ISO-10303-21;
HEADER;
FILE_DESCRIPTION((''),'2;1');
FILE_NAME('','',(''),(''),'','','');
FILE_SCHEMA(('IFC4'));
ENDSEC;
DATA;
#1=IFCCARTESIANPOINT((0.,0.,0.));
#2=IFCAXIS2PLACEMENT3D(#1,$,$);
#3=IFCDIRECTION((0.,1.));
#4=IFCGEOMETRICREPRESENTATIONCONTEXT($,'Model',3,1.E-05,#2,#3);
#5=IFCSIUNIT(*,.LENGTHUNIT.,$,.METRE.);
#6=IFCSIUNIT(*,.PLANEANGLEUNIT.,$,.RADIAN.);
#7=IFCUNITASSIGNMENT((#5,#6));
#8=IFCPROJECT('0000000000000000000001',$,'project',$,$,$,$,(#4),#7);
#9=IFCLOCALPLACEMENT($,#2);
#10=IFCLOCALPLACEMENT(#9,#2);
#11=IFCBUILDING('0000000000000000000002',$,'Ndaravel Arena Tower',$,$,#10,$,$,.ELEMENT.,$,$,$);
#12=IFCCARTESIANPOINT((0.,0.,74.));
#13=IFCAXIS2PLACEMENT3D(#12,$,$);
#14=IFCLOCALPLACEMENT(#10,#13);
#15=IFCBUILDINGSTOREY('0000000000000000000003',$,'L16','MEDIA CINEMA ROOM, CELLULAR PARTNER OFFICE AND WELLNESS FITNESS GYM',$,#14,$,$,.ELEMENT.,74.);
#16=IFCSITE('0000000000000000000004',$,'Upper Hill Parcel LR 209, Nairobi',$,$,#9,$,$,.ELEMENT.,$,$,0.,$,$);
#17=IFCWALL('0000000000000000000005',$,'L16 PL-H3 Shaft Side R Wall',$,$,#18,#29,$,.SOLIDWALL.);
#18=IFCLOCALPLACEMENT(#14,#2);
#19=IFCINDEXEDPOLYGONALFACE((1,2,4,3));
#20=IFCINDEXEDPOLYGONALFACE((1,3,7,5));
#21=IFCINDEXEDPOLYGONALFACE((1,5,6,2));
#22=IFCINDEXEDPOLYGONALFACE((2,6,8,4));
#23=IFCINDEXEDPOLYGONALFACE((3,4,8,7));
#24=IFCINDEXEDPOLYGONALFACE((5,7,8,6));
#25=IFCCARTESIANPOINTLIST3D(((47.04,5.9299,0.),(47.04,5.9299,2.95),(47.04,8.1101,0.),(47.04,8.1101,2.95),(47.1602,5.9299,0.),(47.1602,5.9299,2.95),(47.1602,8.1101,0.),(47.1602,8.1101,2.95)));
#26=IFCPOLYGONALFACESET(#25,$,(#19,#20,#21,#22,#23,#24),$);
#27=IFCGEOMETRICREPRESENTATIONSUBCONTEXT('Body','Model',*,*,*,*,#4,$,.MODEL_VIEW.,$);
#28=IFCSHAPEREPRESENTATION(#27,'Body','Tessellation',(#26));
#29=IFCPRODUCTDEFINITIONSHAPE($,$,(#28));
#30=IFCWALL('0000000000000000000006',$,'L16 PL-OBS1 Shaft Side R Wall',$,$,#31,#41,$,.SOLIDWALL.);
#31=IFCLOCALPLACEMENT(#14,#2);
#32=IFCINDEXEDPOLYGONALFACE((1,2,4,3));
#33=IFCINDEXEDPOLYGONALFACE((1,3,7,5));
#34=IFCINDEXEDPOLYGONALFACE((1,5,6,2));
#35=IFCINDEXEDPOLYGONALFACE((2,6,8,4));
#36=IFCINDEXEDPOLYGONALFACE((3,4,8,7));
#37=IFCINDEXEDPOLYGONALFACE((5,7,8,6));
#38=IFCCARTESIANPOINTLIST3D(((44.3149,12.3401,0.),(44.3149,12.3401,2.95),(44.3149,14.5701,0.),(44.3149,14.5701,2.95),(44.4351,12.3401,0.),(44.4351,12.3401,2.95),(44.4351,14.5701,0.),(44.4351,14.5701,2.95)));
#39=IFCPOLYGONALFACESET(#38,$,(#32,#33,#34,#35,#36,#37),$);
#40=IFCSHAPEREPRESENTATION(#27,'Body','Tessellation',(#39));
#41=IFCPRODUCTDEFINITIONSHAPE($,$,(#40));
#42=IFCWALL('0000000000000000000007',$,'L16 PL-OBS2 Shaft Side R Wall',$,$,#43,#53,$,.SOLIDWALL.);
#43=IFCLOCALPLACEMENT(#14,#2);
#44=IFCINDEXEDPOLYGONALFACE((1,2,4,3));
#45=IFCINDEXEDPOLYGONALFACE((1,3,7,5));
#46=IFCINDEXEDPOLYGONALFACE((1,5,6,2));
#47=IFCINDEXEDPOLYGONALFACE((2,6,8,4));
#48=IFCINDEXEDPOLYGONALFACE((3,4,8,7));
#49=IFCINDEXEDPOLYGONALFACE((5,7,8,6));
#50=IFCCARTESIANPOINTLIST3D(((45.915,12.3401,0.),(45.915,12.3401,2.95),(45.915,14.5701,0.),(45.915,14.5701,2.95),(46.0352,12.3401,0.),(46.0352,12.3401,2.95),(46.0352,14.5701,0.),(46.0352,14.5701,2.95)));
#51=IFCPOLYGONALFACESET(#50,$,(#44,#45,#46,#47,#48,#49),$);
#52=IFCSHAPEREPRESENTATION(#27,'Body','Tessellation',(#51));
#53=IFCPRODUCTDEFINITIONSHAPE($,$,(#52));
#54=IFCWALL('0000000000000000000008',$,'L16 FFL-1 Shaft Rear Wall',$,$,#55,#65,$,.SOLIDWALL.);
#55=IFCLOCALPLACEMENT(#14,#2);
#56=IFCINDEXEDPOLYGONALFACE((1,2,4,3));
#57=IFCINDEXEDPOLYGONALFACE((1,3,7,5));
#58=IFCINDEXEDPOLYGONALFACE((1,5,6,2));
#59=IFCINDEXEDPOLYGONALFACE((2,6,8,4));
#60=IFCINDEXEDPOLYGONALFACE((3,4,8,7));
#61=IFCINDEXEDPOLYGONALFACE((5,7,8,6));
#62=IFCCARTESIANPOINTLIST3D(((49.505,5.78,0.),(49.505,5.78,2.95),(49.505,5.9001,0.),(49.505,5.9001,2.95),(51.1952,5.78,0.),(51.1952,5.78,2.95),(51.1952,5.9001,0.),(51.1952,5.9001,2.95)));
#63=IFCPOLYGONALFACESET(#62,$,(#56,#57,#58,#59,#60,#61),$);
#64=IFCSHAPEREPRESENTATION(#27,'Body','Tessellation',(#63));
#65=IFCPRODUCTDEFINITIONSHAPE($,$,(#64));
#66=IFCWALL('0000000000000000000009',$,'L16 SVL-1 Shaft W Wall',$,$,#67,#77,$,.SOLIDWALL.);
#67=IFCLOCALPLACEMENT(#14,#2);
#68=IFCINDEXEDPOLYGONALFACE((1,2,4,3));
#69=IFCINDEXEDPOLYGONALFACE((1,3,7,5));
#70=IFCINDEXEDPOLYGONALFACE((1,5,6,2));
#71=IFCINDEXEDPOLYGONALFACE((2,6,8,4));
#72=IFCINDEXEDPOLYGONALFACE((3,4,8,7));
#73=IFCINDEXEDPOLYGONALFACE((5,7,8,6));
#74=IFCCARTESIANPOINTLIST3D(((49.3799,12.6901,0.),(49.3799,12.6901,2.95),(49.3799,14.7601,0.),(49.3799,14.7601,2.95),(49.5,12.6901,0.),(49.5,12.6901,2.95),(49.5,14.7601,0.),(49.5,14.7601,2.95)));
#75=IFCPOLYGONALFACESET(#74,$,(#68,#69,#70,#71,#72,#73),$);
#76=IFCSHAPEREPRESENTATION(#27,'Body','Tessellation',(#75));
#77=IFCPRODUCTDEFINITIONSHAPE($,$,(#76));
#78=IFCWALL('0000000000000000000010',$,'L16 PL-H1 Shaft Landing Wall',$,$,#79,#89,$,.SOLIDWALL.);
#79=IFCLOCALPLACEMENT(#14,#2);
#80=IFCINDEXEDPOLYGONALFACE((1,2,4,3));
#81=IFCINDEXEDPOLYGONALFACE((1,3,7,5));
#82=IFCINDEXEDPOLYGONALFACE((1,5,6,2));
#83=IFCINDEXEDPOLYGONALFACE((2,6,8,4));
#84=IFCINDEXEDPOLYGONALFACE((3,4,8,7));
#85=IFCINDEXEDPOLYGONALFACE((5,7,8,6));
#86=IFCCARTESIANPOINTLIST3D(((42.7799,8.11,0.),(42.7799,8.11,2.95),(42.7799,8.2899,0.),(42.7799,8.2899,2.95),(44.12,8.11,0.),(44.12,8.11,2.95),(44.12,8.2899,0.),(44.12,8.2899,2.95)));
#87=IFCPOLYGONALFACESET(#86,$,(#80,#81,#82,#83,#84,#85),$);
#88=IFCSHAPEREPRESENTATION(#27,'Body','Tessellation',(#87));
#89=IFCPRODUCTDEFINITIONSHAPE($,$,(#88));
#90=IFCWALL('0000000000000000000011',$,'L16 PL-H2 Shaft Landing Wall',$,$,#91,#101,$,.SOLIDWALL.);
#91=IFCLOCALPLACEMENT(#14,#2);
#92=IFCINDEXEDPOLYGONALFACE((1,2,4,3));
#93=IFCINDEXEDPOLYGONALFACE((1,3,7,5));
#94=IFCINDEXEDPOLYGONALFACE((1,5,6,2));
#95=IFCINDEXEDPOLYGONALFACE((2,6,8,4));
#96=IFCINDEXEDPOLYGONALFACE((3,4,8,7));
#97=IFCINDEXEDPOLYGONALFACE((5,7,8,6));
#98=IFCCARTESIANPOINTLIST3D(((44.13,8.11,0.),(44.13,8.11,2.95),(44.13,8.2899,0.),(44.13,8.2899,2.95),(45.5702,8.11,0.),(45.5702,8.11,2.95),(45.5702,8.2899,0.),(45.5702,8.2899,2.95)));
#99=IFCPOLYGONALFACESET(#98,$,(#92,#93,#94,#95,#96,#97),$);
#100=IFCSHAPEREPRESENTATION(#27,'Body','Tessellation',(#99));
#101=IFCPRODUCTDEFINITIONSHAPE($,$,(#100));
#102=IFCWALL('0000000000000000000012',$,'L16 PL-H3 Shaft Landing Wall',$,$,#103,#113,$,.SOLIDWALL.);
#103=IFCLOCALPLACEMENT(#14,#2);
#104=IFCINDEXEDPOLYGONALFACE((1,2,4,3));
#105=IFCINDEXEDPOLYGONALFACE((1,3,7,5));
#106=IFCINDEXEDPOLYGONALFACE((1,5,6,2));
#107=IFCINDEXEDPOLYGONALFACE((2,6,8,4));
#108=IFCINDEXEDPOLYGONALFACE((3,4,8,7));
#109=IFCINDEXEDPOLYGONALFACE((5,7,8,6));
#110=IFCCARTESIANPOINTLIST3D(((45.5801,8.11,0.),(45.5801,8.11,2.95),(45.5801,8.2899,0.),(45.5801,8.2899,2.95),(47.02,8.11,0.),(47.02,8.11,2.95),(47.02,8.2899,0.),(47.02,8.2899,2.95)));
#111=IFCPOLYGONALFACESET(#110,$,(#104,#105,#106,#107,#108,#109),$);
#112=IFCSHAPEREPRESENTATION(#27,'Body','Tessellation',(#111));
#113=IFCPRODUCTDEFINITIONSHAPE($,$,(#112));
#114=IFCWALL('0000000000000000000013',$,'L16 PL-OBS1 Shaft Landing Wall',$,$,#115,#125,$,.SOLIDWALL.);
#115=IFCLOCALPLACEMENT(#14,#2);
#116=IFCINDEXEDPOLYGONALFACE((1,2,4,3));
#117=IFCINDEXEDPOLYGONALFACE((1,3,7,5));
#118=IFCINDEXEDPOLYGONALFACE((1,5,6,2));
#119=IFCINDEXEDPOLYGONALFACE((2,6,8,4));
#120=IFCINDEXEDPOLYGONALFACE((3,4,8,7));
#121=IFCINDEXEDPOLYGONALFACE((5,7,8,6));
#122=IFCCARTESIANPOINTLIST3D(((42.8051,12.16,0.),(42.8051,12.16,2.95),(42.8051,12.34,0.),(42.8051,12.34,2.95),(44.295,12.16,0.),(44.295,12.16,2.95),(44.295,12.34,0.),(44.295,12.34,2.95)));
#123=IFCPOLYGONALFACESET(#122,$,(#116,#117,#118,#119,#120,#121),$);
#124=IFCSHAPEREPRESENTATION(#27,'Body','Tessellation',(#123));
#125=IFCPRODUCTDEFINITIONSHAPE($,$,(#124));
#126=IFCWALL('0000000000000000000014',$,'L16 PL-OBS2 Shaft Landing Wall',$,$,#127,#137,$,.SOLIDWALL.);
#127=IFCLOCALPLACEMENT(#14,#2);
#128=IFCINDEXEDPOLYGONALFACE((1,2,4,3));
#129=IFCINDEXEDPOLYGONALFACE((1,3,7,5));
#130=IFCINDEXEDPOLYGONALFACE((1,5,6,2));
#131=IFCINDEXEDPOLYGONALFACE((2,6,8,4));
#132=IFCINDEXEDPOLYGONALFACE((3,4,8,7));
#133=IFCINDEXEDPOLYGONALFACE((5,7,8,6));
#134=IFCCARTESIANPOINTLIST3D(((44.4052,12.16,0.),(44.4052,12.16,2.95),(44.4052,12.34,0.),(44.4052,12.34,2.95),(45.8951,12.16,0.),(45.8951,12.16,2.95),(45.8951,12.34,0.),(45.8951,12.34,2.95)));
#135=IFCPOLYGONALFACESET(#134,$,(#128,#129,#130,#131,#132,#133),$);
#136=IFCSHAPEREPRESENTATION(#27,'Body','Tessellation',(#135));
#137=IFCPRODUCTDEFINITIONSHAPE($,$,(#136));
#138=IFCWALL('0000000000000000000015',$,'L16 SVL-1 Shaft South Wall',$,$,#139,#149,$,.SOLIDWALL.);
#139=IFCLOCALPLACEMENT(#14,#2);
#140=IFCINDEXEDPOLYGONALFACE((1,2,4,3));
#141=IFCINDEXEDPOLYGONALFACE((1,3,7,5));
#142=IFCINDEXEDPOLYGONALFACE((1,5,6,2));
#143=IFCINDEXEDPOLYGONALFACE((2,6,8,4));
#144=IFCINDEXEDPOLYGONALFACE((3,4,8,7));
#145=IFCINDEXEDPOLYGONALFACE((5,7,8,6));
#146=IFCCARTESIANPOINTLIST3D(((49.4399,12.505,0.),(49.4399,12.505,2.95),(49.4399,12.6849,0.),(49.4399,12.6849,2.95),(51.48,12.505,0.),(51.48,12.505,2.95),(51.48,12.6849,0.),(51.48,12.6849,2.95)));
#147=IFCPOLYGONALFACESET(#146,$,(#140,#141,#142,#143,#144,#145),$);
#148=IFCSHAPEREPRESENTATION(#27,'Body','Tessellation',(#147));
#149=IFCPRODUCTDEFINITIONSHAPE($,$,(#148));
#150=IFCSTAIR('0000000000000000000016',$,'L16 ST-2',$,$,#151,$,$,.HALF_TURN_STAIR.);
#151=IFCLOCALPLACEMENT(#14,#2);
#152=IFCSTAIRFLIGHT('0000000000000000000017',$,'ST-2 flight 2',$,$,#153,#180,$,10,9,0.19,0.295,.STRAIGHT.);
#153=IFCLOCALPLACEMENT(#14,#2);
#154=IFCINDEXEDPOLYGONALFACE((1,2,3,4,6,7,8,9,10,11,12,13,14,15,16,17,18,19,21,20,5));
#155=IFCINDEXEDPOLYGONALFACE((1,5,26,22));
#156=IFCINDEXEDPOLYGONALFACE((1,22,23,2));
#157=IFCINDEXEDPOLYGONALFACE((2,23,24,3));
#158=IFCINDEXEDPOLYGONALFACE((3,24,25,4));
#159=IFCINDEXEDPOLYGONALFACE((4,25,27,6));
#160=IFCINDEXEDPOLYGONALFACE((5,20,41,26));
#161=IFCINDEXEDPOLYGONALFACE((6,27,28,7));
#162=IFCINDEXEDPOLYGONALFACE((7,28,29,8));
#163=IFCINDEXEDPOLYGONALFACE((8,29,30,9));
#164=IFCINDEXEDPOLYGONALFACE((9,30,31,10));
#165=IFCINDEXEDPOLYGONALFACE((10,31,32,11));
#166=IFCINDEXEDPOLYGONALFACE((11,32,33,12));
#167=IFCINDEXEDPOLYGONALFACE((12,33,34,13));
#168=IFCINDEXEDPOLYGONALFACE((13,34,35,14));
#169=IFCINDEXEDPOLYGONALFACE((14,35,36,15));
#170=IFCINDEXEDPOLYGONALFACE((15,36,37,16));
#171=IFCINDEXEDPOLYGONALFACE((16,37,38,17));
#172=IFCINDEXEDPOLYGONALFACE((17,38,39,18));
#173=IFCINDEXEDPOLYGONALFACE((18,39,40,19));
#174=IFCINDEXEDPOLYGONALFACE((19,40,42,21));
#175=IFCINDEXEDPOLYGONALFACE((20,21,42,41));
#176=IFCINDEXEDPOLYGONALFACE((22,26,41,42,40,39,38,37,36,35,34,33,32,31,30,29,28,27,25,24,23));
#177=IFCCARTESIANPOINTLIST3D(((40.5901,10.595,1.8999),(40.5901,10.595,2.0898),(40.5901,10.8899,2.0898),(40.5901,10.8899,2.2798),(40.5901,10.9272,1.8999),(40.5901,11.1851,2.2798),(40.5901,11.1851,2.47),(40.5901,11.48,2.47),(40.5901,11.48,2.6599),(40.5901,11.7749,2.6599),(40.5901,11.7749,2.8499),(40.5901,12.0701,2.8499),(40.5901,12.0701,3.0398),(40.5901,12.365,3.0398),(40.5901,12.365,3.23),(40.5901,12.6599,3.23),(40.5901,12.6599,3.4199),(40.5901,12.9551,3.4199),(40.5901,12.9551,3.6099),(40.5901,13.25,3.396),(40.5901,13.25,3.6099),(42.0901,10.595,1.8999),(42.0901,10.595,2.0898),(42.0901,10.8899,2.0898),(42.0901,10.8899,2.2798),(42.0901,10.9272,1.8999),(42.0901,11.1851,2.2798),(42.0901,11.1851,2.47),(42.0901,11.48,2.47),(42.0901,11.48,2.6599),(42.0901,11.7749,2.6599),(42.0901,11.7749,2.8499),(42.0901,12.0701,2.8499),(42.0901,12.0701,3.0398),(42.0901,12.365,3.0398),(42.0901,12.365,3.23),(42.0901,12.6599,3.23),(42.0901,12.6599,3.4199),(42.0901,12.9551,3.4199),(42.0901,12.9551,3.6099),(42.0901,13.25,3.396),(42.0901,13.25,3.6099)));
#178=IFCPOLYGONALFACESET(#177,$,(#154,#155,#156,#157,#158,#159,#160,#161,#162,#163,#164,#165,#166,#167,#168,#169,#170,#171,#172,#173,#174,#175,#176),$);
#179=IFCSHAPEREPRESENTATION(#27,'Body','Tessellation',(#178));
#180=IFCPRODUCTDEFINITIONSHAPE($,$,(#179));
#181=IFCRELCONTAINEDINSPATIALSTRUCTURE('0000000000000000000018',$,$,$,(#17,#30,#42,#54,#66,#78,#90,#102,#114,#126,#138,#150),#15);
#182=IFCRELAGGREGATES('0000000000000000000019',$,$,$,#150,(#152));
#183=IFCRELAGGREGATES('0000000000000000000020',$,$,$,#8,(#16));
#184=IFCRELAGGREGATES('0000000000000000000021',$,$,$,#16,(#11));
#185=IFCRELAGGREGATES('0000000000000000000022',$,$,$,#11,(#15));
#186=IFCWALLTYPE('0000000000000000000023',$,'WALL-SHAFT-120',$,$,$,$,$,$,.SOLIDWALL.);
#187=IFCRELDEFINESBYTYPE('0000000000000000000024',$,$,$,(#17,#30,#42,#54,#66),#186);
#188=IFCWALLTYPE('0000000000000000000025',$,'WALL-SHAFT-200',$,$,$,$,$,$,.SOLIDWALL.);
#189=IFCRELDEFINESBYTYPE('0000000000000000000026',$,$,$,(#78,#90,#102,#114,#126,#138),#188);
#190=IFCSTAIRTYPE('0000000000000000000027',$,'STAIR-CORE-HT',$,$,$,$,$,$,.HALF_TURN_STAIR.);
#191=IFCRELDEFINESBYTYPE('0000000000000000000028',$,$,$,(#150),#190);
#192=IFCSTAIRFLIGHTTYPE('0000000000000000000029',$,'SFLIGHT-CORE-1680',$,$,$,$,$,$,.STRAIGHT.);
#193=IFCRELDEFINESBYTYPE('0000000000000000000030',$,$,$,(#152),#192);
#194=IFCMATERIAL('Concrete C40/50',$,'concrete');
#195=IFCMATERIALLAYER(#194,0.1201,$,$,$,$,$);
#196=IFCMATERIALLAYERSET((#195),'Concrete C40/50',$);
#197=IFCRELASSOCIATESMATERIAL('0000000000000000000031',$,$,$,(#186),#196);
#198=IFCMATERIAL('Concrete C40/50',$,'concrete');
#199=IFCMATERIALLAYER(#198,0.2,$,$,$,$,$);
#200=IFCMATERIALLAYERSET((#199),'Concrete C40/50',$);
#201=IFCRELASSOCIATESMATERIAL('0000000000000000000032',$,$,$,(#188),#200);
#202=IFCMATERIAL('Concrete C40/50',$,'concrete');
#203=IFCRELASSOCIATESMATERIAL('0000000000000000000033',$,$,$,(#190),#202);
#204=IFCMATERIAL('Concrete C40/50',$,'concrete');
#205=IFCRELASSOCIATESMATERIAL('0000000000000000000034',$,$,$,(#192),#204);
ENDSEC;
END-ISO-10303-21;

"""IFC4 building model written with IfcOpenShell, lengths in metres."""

from ifc_helpers import new_model, si_unit, direction, frame, frame_2d, origin, place, context, subcontext, project, spatial, polyline, rectangle, outline, extrude, material, layer, layer_set, type_object, element, aggregate, save


model = new_model("IFC4")

# Units and contexts
model_context = context("Model", 3, precision=1e-05, world=origin(), true_north=direction((0.0, 1.0)))
body_context = subcontext(model_context, "Body", "Model", "MODEL_VIEW")
ifc_project = project(units=[si_unit("LENGTHUNIT", "METRE"), si_unit("PLANEANGLEUNIT", "RADIAN")], contexts=[model_context])

# Site, building, storey
site_placement = place(None, origin())
site = spatial("IfcSite", under=ifc_project, at=site_placement, Name="Upper Hill Parcel LR 209, Nairobi", CompositionType="ELEMENT", RefElevation=0.0)
building_placement = place(site_placement, origin())
building = spatial("IfcBuilding", under=site, at=building_placement, Name="Ndaravel Arena Tower", CompositionType="ELEMENT")
storey_placement = place(building_placement, frame((0.0, 0.0, 74.0)))
storey = spatial("IfcBuildingStorey", under=building, at=storey_placement, Name="L16", Description="MEDIA CINEMA ROOM, CELLULAR PARTNER OFFICE AND WELLNESS FITNESS GYM", CompositionType="ELEMENT", Elevation=74.0)

# Walls
ifc_material_1 = material(Name="Concrete C40/50", Category="concrete")
ifc_layer_1 = layer(ifc_material_1, 0.1201)
ifc_layer_set_1 = layer_set([ifc_layer_1], Name="Concrete C40/50")
wall_type_1 = type_object("IfcWallType", Name="WALL-SHAFT-120", PredefinedType="SOLIDWALL", material=ifc_layer_set_1)
wall_1_placement = place(storey_placement, frame((47.1001, 5.9299, 0.0), z_axis=(0.0, 0.0, 1.0), x_axis=(0.0, 1.0, 0.0)))
element("IfcWall", 1, at=wall_1_placement, inside=storey, type_object=wall_type_1, Name="L16 PL-H3 Shaft Side R Wall", PredefinedType="SOLIDWALL", context=body_context, shape_type="SweptSolid", body=[
    extrude(rectangle(XDim=2.1802, YDim=0.1201, at=frame_2d((1.0901, 0.0))), origin(), (0.0, 0.0, 1.0), 2.95),
])
for number, where, z_axis, x_axis, name in (
    (2, (44.375, 12.3401, 0.0), (0.0, 0.0, 1.0), (0.0, 1.0, 0.0), "L16 PL-OBS1 Shaft Side R Wall"),
    (3, (45.9751, 12.3401, 0.0), (0.0, 0.0, 1.0), (0.0, 1.0, 0.0), "L16 PL-OBS2 Shaft Side R Wall"),
):
    element("IfcWall", number, at=place(storey_placement, frame(where, z_axis=z_axis, x_axis=x_axis)), inside=storey, type_object=wall_type_1, Name=name, PredefinedType="SOLIDWALL", context=body_context, shape_type="SweptSolid", body=[
        extrude(rectangle(XDim=2.23, YDim=0.1201, at=frame_2d((1.115, 0.0))), origin(), (0.0, 0.0, 1.0), 2.95),
    ])
wall_2_placement = place(storey_placement, frame((49.5049, 5.8401, 0.0), z_axis=(0.0, 0.0, 1.0), x_axis=(1.0, 0.0, 0.0)))
element("IfcWall", 4, at=wall_2_placement, inside=storey, type_object=wall_type_1, Name="L16 FFL-1 Shaft Rear Wall", PredefinedType="SOLIDWALL", context=body_context, shape_type="SweptSolid", body=[
    extrude(rectangle(XDim=1.6902, YDim=0.1201, at=frame_2d((0.8452, 0.0))), origin(), (0.0, 0.0, 1.0), 2.95),
])
wall_3_placement = place(storey_placement, frame((49.4399, 12.6899, 0.0), z_axis=(0.0, 0.0, 1.0), x_axis=(0.0, 1.0, 0.0)))
element("IfcWall", 5, at=wall_3_placement, inside=storey, type_object=wall_type_1, Name="L16 SVL-1 Shaft W Wall", PredefinedType="SOLIDWALL", context=body_context, shape_type="SweptSolid", body=[
    extrude(rectangle(XDim=2.0701, YDim=0.1201, at=frame_2d((1.0352, 0.0))), origin(), (0.0, 0.0, 1.0), 2.95),
])
ifc_material_2 = material(Name="Concrete C40/50", Category="concrete")
ifc_layer_2 = layer(ifc_material_2, 0.2)
ifc_layer_set_2 = layer_set([ifc_layer_2], Name="Concrete C40/50")
wall_type_2 = type_object("IfcWallType", Name="WALL-SHAFT-200", PredefinedType="SOLIDWALL", material=ifc_layer_set_2)
wall_4_placement = place(storey_placement, frame((42.78, 8.2, 0.0), z_axis=(0.0, 0.0, 1.0), x_axis=(1.0, 0.0, 0.0)))
element("IfcWall", 6, at=wall_4_placement, inside=storey, type_object=wall_type_2, Name="L16 PL-H1 Shaft Landing Wall", PredefinedType="SOLIDWALL", context=body_context, shape_type="SweptSolid", body=[
    extrude(rectangle(XDim=1.3401, YDim=0.1799, at=frame_2d((0.6699, 0.0))), origin(), (0.0, 0.0, 1.0), 2.95),
])
wall_5_placement = place(storey_placement, frame((44.1299, 8.2, 0.0), z_axis=(0.0, 0.0, 1.0), x_axis=(1.0, 0.0, 0.0)))
element("IfcWall", 7, at=wall_5_placement, inside=storey, type_object=wall_type_2, Name="L16 PL-H2 Shaft Landing Wall", PredefinedType="SOLIDWALL", context=body_context, shape_type="SweptSolid", body=[
    extrude(rectangle(XDim=1.4402, YDim=0.1799, at=frame_2d((0.7202, 0.0))), origin(), (0.0, 0.0, 1.0), 2.95),
])
wall_6_placement = place(storey_placement, frame((45.5801, 8.2, 0.0), z_axis=(0.0, 0.0, 1.0), x_axis=(1.0, 0.0, 0.0)))
element("IfcWall", 8, at=wall_6_placement, inside=storey, type_object=wall_type_2, Name="L16 PL-H3 Shaft Landing Wall", PredefinedType="SOLIDWALL", context=body_context, shape_type="SweptSolid", body=[
    extrude(rectangle(XDim=1.4399, YDim=0.1799, at=frame_2d((0.72, 0.0))), origin(), (0.0, 0.0, 1.0), 2.95),
])
for number, where, z_axis, x_axis, name in (
    (9, (42.8049, 12.25, 0.0), (0.0, 0.0, 1.0), (1.0, 0.0, 0.0), "L16 PL-OBS1 Shaft Landing Wall"),
    (10, (44.405, 12.25, 0.0), (0.0, 0.0, 1.0), (1.0, 0.0, 0.0), "L16 PL-OBS2 Shaft Landing Wall"),
):
    element("IfcWall", number, at=place(storey_placement, frame(where, z_axis=z_axis, x_axis=x_axis)), inside=storey, type_object=wall_type_2, Name=name, PredefinedType="SOLIDWALL", context=body_context, shape_type="SweptSolid", body=[
        extrude(rectangle(XDim=1.49, YDim=0.1799, at=frame_2d((0.7451, 0.0))), origin(), (0.0, 0.0, 1.0), 2.95),
    ])

# Wall
wall_7_placement = place(storey_placement, frame((49.4399, 12.595, 0.0), z_axis=(0.0, 0.0, 1.0), x_axis=(1.0, 0.0, 0.0)))
element("IfcWall", 11, at=wall_7_placement, inside=storey, type_object=wall_type_2, Name="L16 SVL-1 Shaft South Wall", PredefinedType="SOLIDWALL", context=body_context, shape_type="SweptSolid", body=[
    extrude(rectangle(XDim=2.04, YDim=0.1799, at=frame_2d((1.02, 0.0))), origin(), (0.0, 0.0, 1.0), 2.95),
])

# Stair, stair flight
ifc_material_3 = material(Name="Concrete C40/50", Category="concrete")
stair_type = type_object("IfcStairType", Name="STAIR-CORE-HT", PredefinedType="HALF_TURN_STAIR", material=ifc_material_3)
stair_placement = place(storey_placement, origin())
stair = element("IfcStair", 12, at=stair_placement, inside=storey, type_object=stair_type, Name="L16 ST-2", PredefinedType="HALF_TURN_STAIR")
ifc_material_4 = material(Name="Concrete C40/50", Category="concrete")
stair_flight_type = type_object("IfcStairFlightType", Name="SFLIGHT-CORE-1680", PredefinedType="STRAIGHT", material=ifc_material_4)
stair_flight_placement = place(storey_placement, frame((41.3401, 10.595, 1.8999), z_axis=(0.0, 0.0, 1.0), x_axis=(0.0, 1.0, 0.0)))
stair_flight = element("IfcStairFlight", 13, at=stair_flight_placement, type_object=stair_flight_type, Name="ST-2 flight 2", NumberOfRisers=10, NumberOfTreads=9, PredefinedType="STRAIGHT", RiserHeight=0.19, TreadLength=0.295, context=body_context, shape_type="SweptSolid", body=[
    extrude(outline(polyline([(0.0, 0.0), (0.0, 0.1899), (0.2949, 0.1899), (0.2949, 0.3799), (0.5901, 0.3799), (0.5901, 0.5701), (0.885, 0.5701), (0.885, 0.76), (1.1799, 0.76), (1.1799, 0.95), (1.4751, 0.95), (1.4751, 1.1399), (1.77, 1.1399), (1.77, 1.3301), (2.0649, 1.3301), (2.0649, 1.52), (2.3601, 1.52), (2.3601, 1.71), (2.655, 1.71), (2.655, 1.8999), (2.655, 1.4961), (0.3323, 0.0), (0.0, 0.0)])), frame((0.0, 0.75, 0.0), z_axis=(0.0, -1.0, 0.0), x_axis=(1.0, 0.0, 0.0)), (0.0, 0.0, 1.0), 1.5),
])
aggregate(stair, [stair_flight])

save(model, "model.ifc")
